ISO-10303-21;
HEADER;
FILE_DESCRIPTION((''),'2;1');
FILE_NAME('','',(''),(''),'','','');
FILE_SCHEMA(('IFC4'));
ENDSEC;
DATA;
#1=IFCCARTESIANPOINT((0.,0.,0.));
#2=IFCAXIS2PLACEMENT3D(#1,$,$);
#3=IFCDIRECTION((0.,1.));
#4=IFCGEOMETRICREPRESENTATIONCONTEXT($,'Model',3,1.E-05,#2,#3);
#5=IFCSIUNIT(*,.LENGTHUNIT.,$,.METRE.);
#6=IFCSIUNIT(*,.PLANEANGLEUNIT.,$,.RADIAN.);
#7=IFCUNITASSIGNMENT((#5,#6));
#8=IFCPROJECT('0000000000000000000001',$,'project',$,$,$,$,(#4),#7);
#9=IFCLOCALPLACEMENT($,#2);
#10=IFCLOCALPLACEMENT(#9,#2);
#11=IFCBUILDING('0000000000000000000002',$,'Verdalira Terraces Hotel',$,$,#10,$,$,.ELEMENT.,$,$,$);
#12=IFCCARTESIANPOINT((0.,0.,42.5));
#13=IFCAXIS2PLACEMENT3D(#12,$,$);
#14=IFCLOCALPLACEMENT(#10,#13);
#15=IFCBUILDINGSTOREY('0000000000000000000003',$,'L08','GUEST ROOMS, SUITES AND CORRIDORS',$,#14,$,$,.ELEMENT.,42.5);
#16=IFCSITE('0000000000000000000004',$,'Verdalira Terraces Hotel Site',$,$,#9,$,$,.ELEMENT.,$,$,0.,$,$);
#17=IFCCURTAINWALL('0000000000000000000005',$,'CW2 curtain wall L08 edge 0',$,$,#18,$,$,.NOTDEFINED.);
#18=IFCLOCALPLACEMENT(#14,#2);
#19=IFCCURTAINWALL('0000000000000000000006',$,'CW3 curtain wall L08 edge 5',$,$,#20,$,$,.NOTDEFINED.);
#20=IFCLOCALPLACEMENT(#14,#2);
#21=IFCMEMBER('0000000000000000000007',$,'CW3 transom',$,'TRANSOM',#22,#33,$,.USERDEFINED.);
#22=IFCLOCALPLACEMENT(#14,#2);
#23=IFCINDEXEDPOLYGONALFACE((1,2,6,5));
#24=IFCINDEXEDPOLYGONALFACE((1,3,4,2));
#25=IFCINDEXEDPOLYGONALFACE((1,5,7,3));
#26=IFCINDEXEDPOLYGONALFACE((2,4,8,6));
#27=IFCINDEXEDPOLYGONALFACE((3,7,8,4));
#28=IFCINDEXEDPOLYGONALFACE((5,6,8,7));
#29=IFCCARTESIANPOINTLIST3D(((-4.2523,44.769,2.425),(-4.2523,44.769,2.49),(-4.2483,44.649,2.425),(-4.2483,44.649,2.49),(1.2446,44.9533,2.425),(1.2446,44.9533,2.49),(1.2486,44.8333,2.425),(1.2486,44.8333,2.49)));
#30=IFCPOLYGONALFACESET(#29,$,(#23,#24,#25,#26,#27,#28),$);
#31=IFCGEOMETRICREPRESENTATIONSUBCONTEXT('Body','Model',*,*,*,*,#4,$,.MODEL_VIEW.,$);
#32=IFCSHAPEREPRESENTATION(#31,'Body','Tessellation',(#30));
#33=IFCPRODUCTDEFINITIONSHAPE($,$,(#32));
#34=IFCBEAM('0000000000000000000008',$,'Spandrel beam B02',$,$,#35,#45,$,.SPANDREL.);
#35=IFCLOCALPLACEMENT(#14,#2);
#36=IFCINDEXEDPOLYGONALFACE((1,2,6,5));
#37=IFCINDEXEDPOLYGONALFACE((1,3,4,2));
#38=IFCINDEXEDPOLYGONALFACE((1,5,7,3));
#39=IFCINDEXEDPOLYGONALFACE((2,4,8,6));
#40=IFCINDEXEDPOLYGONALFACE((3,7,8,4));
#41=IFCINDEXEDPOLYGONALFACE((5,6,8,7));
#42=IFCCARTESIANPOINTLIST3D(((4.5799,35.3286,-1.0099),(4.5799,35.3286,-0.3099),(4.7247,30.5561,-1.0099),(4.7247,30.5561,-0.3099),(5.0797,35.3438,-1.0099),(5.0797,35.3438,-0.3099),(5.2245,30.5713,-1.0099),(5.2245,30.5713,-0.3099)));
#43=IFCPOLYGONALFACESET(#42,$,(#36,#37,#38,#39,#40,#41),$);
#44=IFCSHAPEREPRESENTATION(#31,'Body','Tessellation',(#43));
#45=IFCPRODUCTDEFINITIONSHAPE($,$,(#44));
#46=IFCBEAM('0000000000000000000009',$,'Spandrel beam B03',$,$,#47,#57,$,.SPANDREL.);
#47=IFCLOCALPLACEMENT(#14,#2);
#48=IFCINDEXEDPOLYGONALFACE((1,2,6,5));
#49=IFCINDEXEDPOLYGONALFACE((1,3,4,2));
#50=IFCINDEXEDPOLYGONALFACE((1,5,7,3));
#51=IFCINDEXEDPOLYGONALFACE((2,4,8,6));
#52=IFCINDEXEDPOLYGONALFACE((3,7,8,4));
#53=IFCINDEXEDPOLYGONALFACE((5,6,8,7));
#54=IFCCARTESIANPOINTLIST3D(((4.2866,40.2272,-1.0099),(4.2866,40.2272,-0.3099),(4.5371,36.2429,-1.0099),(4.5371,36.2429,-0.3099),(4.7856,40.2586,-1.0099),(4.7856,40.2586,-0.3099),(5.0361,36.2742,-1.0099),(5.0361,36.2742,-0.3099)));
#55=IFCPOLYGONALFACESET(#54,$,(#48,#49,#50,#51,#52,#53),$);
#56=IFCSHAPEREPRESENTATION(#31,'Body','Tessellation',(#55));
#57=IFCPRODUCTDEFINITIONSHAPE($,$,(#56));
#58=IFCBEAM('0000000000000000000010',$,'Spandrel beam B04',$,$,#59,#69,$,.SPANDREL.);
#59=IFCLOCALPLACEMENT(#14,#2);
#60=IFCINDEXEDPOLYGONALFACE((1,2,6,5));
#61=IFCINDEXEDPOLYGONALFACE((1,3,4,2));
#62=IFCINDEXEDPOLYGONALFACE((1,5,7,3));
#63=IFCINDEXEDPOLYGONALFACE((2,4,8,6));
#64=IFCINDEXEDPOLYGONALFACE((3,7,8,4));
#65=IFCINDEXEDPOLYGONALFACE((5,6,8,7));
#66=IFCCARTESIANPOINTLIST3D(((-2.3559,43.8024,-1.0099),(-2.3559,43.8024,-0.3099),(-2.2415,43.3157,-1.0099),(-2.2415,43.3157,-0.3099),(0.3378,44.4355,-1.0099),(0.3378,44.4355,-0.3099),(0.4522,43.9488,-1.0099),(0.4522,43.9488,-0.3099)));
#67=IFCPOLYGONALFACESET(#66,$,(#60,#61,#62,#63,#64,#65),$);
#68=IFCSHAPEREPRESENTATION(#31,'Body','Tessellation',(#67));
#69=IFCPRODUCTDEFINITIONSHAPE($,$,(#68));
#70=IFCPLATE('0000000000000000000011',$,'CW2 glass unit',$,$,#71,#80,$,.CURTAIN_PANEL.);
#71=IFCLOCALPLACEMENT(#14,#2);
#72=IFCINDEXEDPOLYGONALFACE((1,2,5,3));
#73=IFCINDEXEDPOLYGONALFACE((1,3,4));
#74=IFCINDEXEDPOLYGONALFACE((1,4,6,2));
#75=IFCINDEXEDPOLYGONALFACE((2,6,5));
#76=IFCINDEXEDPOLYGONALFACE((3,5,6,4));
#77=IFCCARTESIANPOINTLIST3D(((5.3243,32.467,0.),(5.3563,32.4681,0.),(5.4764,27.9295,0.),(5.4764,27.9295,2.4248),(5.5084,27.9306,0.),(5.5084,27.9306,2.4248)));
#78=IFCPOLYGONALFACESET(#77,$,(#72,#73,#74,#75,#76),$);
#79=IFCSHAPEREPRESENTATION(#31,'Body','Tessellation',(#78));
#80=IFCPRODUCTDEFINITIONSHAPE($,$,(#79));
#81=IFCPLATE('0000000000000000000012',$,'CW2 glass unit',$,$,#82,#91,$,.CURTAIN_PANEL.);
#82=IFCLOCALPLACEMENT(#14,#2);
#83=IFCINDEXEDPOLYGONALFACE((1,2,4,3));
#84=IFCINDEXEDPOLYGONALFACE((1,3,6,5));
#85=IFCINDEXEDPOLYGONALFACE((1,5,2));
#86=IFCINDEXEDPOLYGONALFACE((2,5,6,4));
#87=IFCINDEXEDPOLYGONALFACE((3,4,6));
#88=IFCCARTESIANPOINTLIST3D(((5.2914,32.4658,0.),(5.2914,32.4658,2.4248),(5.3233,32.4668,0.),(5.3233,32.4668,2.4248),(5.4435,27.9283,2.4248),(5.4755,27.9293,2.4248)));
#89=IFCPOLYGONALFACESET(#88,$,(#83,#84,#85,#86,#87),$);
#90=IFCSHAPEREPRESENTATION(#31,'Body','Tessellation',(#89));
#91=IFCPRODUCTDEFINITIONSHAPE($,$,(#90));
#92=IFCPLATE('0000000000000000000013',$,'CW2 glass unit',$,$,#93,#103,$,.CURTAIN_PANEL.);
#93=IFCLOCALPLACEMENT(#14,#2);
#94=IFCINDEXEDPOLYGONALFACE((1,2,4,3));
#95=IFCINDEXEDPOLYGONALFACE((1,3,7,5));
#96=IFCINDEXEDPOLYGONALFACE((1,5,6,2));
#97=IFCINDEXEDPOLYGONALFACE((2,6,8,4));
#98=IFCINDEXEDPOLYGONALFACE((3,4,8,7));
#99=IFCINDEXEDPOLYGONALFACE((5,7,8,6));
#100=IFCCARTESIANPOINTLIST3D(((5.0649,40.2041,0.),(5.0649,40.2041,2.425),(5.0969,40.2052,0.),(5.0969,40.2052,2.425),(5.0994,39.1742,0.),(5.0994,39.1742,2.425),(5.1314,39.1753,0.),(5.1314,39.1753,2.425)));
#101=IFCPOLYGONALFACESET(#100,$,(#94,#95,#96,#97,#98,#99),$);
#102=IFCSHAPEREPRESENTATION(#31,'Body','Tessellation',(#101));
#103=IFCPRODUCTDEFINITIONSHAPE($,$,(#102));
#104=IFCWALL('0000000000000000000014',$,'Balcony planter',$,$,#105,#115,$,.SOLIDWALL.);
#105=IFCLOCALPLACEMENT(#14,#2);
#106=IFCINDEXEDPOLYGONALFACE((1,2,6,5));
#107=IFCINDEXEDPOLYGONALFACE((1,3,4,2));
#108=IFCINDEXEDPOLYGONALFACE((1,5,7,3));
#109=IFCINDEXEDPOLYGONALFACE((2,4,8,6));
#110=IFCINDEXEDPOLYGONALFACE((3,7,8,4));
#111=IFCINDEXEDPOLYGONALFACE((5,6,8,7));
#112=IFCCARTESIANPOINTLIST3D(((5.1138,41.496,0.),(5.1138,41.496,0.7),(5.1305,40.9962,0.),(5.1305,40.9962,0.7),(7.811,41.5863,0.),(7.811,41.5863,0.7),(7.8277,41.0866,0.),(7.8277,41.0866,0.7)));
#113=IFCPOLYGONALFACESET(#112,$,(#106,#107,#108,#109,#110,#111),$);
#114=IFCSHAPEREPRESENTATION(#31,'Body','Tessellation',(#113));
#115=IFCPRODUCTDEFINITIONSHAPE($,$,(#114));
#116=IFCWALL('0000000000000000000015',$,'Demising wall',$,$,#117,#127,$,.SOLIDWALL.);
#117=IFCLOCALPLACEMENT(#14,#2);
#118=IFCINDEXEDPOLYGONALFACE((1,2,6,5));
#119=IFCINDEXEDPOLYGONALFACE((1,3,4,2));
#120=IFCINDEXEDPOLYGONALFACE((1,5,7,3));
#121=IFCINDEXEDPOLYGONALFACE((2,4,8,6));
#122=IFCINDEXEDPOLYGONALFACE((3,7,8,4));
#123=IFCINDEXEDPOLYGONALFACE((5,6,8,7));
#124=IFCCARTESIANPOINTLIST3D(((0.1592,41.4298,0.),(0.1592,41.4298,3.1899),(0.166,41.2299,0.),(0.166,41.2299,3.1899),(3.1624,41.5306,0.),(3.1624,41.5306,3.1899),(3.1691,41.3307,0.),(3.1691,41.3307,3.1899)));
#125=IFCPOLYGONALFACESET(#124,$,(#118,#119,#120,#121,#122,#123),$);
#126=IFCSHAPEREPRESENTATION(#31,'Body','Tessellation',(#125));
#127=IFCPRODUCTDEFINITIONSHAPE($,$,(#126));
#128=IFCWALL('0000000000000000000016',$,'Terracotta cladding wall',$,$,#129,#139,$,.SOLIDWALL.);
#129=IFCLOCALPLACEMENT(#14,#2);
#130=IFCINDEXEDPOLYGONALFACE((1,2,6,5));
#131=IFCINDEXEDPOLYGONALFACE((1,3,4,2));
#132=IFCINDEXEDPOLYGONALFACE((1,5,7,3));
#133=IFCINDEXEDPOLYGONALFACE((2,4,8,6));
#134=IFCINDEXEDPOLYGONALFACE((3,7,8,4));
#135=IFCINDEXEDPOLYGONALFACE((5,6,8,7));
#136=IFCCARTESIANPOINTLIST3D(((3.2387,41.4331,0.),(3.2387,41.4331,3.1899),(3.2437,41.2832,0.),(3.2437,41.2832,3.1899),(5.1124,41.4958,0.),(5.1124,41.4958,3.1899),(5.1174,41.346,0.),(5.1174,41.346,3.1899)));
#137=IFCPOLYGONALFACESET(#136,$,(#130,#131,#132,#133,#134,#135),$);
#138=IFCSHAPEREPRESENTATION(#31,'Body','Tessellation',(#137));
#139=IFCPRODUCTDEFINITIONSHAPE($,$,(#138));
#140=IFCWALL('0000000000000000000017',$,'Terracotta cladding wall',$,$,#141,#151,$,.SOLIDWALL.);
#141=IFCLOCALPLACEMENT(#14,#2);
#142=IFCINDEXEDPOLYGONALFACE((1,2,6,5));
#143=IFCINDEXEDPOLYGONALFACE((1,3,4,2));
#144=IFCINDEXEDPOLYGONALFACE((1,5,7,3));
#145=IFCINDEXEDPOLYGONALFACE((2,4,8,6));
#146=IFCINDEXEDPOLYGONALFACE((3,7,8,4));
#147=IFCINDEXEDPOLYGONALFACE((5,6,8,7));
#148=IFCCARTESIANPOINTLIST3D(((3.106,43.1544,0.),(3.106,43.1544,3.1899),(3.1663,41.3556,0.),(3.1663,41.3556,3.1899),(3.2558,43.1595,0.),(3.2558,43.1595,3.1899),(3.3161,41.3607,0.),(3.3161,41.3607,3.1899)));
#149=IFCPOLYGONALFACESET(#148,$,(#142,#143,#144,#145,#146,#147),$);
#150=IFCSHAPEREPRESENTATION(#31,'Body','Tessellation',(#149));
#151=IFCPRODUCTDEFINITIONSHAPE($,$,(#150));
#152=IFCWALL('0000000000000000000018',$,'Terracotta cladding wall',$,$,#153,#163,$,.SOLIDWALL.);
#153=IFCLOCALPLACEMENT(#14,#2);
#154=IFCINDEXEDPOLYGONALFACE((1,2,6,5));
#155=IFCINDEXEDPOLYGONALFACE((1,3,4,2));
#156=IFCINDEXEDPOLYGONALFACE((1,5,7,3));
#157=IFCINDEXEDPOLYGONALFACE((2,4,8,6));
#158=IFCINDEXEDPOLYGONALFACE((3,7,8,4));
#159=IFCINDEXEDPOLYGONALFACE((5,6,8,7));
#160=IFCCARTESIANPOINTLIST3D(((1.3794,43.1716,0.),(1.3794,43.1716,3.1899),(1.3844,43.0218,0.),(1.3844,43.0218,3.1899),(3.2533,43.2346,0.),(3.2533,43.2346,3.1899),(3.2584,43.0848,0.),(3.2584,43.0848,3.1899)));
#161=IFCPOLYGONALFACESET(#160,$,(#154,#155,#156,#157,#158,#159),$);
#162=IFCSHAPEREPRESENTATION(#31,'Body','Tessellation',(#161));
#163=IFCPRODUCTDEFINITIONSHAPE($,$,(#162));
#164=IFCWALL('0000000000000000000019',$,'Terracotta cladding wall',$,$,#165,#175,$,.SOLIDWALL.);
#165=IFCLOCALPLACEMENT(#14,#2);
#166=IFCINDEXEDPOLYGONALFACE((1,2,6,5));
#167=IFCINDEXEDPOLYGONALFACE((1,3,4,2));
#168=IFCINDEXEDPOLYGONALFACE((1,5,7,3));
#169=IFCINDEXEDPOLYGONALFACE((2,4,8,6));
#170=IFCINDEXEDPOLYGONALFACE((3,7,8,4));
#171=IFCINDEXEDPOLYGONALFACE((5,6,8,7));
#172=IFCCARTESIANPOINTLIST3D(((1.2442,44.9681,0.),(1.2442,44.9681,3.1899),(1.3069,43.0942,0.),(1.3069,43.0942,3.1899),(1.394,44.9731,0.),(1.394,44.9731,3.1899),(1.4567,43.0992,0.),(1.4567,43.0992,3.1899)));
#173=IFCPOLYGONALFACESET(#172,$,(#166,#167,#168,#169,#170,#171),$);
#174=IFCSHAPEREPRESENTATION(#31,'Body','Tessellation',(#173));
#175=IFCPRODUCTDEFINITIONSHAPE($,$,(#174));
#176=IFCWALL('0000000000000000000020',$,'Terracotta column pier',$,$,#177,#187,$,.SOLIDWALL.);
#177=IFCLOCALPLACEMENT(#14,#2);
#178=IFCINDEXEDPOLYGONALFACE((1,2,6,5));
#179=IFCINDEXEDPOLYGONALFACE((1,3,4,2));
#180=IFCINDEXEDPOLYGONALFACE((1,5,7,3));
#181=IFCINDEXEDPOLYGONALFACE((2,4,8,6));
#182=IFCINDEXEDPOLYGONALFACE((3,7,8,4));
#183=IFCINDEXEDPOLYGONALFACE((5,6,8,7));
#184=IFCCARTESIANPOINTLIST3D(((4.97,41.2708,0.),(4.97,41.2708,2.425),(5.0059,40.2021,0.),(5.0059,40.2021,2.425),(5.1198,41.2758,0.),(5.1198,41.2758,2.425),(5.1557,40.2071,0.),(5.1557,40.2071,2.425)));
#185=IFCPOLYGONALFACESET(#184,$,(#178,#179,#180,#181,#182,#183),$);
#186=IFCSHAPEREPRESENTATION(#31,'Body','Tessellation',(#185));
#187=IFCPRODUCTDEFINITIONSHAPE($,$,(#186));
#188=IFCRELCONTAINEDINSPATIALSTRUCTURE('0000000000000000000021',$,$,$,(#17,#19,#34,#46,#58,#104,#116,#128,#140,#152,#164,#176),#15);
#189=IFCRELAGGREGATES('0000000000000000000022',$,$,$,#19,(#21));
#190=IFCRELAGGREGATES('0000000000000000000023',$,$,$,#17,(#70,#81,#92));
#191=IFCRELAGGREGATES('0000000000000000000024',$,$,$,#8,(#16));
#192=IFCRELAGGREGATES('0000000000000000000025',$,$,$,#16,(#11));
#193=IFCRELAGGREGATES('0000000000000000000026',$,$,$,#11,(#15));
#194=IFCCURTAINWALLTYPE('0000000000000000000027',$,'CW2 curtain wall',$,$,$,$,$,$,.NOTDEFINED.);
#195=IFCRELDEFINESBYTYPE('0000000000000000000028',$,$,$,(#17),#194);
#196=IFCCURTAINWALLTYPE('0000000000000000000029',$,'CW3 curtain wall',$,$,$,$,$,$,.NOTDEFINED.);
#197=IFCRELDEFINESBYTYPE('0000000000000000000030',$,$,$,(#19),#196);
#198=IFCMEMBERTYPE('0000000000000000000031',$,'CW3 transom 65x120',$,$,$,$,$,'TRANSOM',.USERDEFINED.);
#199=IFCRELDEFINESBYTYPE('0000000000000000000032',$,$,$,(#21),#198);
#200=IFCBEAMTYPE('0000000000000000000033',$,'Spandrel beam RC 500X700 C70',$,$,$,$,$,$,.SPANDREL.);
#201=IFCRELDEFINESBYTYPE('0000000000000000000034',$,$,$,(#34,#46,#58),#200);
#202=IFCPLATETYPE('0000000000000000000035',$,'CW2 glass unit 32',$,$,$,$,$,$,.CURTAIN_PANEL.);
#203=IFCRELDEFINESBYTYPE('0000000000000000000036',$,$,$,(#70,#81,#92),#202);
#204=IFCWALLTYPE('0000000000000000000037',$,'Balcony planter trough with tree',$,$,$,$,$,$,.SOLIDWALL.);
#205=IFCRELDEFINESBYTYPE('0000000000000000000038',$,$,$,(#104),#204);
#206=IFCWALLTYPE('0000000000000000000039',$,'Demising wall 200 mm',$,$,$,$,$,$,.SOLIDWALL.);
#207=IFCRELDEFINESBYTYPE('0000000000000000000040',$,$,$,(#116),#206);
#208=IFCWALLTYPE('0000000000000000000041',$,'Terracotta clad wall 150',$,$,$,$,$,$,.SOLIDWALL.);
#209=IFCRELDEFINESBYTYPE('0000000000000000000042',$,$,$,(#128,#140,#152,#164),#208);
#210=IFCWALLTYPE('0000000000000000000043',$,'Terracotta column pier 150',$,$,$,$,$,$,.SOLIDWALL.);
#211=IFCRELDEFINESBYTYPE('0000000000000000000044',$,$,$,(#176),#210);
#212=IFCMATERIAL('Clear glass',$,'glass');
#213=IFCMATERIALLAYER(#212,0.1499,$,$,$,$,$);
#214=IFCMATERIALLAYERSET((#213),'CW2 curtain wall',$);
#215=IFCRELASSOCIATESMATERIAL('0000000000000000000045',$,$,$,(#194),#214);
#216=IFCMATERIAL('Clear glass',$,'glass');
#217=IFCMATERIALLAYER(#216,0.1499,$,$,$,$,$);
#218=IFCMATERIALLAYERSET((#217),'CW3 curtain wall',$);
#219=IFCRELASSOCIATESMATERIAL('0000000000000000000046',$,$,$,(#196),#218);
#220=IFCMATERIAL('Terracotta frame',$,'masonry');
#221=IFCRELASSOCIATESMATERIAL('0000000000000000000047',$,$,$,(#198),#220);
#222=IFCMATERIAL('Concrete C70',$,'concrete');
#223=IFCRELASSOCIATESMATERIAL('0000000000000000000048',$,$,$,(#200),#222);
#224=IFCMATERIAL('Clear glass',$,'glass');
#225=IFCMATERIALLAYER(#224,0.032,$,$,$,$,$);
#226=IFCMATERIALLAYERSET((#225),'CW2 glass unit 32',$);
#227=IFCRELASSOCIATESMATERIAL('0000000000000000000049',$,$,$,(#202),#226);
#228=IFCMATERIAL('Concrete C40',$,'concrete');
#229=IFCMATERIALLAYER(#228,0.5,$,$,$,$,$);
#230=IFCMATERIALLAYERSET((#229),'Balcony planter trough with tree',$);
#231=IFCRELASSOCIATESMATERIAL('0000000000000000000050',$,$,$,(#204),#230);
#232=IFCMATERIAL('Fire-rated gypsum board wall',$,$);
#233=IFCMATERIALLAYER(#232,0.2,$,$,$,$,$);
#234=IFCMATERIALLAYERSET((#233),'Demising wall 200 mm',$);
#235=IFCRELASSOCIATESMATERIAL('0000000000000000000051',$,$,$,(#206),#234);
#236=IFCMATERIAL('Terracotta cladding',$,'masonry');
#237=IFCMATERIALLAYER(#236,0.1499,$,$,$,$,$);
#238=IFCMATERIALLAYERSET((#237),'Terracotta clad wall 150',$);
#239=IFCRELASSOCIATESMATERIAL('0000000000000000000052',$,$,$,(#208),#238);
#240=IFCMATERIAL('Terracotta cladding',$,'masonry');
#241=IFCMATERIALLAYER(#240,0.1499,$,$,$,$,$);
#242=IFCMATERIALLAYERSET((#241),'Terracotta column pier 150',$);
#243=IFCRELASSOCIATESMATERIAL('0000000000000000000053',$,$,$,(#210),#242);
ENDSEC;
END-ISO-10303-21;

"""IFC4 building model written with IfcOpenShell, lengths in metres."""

from ifc_helpers import new_model, si_unit, direction, frame, frame_2d, origin, origin_2d, place, context, subcontext, project, spatial, polyline, rectangle, outline, extrude, material, layer, layer_set, material_profile, profile_set, type_object, element, aggregate, save


model = new_model("IFC4")

# Units and contexts
model_context = context("Model", 3, precision=1e-05, world=origin(), true_north=direction((0.0, 1.0)))
body_context = subcontext(model_context, "Body", "Model", "MODEL_VIEW")
ifc_project = project(units=[si_unit("LENGTHUNIT", "METRE"), si_unit("PLANEANGLEUNIT", "RADIAN")], contexts=[model_context])

# Site, building, storey
site_placement = place(None, origin())
site = spatial("IfcSite", under=ifc_project, at=site_placement, Name="Verdalira Terraces Hotel Site", CompositionType="ELEMENT", RefElevation=0.0)
building_placement = place(site_placement, origin())
building = spatial("IfcBuilding", under=site, at=building_placement, Name="Verdalira Terraces Hotel", CompositionType="ELEMENT")
storey_placement = place(building_placement, frame((0.0, 0.0, 42.5)))
storey = spatial("IfcBuildingStorey", under=building, at=storey_placement, Name="L08", Description="GUEST ROOMS, SUITES AND CORRIDORS", CompositionType="ELEMENT", Elevation=42.5)

# Curtain wall
ifc_material_1 = material(Name="Clear glass", Category="glass")
ifc_layer_1 = layer(ifc_material_1, 0.1499)
ifc_layer_set_1 = layer_set([ifc_layer_1], Name="CW2 curtain wall")
curtain_wall_type_1 = type_object("IfcCurtainWallType", Name="CW2 curtain wall", PredefinedType="NOTDEFINED", material=ifc_layer_set_1)
curtain_wall_1_placement = place(storey_placement, origin())
curtain_wall_1 = element("IfcCurtainWall", 1, at=curtain_wall_1_placement, inside=storey, type_object=curtain_wall_type_1, Name="CW2 curtain wall L08 edge 0", PredefinedType="NOTDEFINED")

# Curtain wall, member
ifc_material_2 = material(Name="Clear glass", Category="glass")
ifc_layer_2 = layer(ifc_material_2, 0.1499)
ifc_layer_set_2 = layer_set([ifc_layer_2], Name="CW3 curtain wall")
curtain_wall_type_2 = type_object("IfcCurtainWallType", Name="CW3 curtain wall", PredefinedType="NOTDEFINED", material=ifc_layer_set_2)
curtain_wall_2_placement = place(storey_placement, origin())
curtain_wall_2 = element("IfcCurtainWall", 2, at=curtain_wall_2_placement, inside=storey, type_object=curtain_wall_type_2, Name="CW3 curtain wall L08 edge 5", PredefinedType="NOTDEFINED")
ifc_material_3 = material(Name="Terracotta frame", Category="masonry")
ifc_material_profile_1 = material_profile(ifc_material_3, rectangle(XDim=0.1201, YDim=0.0649, at=origin_2d()), Name="TR 65x120")
ifc_profile_set_1 = profile_set([ifc_material_profile_1], Name="Terracotta frame")
member_type_1 = type_object("IfcMemberType", Name="CW3 transom 65x120", ElementType="TRANSOM", PredefinedType="USERDEFINED", material=ifc_profile_set_1)
member_1_placement = place(storey_placement, frame((1.2466, 44.8933, 2.4575), z_axis=(-0.999438, -0.033514, 0.0), x_axis=(0.033514, -0.999438, 0.0)))
member_1 = element("IfcMember", 3, at=member_1_placement, type_object=member_type_1, Name="CW3 transom", ObjectType="TRANSOM", PredefinedType="USERDEFINED", context=body_context, shape_type="SweptSolid", body=[
    extrude(rectangle(XDim=0.1201, YDim=0.0649, at=origin_2d()), origin(), (0.0, 0.0, 1.0), 5.5),
])
aggregate(curtain_wall_2, [member_1])

# Beams
ifc_material_4 = material(Name="Concrete C70", Category="concrete")
ifc_material_profile_2 = material_profile(ifc_material_4, rectangle(XDim=0.5, YDim=0.7, at=origin_2d()), Name="RC 500X700")
ifc_profile_set_2 = profile_set([ifc_material_profile_2], Name="Concrete C70")
beam_type_1 = type_object("IfcBeamType", Name="Spandrel beam RC 500X700 C70", PredefinedType="SPANDREL", material=ifc_profile_set_2)
beam_1_placement = place(storey_placement, frame((4.9746, 30.5637, -0.6599), z_axis=(-0.030322, 0.99954, 0.0), x_axis=(-0.99954, -0.030322, 0.0)))
element("IfcBeam", 4, at=beam_1_placement, inside=storey, type_object=beam_type_1, Name="Spandrel beam B02", PredefinedType="SPANDREL", context=body_context, shape_type="SweptSolid", body=[
    extrude(rectangle(XDim=0.5, YDim=0.7, at=origin_2d()), origin(), (0.0, 0.0, 1.0), 4.7747),
])
beam_2_placement = place(storey_placement, frame((4.7866, 36.2585, -0.6599), z_axis=(-0.062744, 0.99803, 0.0), x_axis=(-0.99803, -0.062744, 0.0)))
element("IfcBeam", 5, at=beam_2_placement, inside=storey, type_object=beam_type_1, Name="Spandrel beam B03", PredefinedType="SPANDREL", context=body_context, shape_type="SweptSolid", body=[
    extrude(rectangle(XDim=0.5, YDim=0.7, at=origin_2d()), origin(), (0.0, 0.0, 1.0), 3.9922),
])
beam_3_placement = place(storey_placement, frame((0.395, 44.1921, -0.6599), z_axis=(-0.973476, -0.228789, 0.0), x_axis=(0.228789, -0.973476, 0.0)))
element("IfcBeam", 6, at=beam_3_placement, inside=storey, type_object=beam_type_1, Name="Spandrel beam B04", PredefinedType="SPANDREL", context=body_context, shape_type="SweptSolid", body=[
    extrude(rectangle(XDim=0.5, YDim=0.7, at=origin_2d()), origin(), (0.0, 0.0, 1.0), 2.7671),
])

# Plates
ifc_material_5 = material(Name="Clear glass", Category="glass")
ifc_layer_3 = layer(ifc_material_5, 0.032)
ifc_layer_set_3 = layer_set([ifc_layer_3], Name="CW2 glass unit 32")
plate_type = type_object("IfcPlateType", Name="CW2 glass unit 32", PredefinedType="CURTAIN_PANEL", material=ifc_layer_set_3)
plate_1_placement = place(storey_placement, frame((5.4004, 30.1982, 1.2124), z_axis=(0.999439, 0.033504, 0.0), x_axis=(-0.033504, 0.999439, 0.0)))
plate_1 = element("IfcPlate", 7, at=plate_1_placement, type_object=plate_type, Name="CW2 glass unit", PredefinedType="CURTAIN_PANEL", context=body_context, shape_type="SweptSolid", body=[
    extrude(outline(polyline([(-2.27, -1.2124), (2.27, -1.2124), (-2.27, 1.2124), (-2.27, -1.2124)])), origin(), (0.0, 0.0, 1.0), 0.032),
])
plate_2_placement = place(storey_placement, frame((5.3674, 30.197, 1.2124), z_axis=(0.999439, 0.033504, 0.0), x_axis=(-0.033504, 0.999439, 0.0)))
plate_2 = element("IfcPlate", 8, at=plate_2_placement, type_object=plate_type, Name="CW2 glass unit", PredefinedType="CURTAIN_PANEL", context=body_context, shape_type="SweptSolid", body=[
    extrude(outline(polyline([(2.27, -1.2124), (2.27, 1.2124), (-2.27, 1.2124), (2.27, -1.2124)])), origin(), (0.0, 0.0, 1.0), 0.032),
])
plate_3_placement = place(storey_placement, frame((5.0981, 39.6897, 0.0), z_axis=(0.0, 0.0, 1.0), x_axis=(-0.033504, 0.999439, 0.0)))
plate_3 = element("IfcPlate", 9, at=plate_3_placement, type_object=plate_type, Name="CW2 glass unit", PredefinedType="CURTAIN_PANEL", context=body_context, shape_type="SweptSolid", body=[
    extrude(rectangle(XDim=1.0305, YDim=0.032, at=origin_2d()), origin(), (0.0, 0.0, 1.0), 2.425),
])
aggregate(curtain_wall_1, [plate_1, plate_2, plate_3])

# Walls
ifc_material_6 = material(Name="Concrete C40", Category="concrete")
ifc_layer_4 = layer(ifc_material_6, 0.5)
ifc_layer_set_4 = layer_set([ifc_layer_4], Name="Balcony planter trough with tree")
wall_type_1 = type_object("IfcWallType", Name="Balcony planter trough with tree", PredefinedType="SOLIDWALL", material=ifc_layer_set_4)
wall_1_placement = place(storey_placement, frame((7.8193, 41.3364, 0.0), z_axis=(0.0, 0.0, 1.0), x_axis=(-0.99944, -0.033471, 0.0)))
element("IfcWall", 10, at=wall_1_placement, inside=storey, type_object=wall_type_1, Name="Balcony planter", PredefinedType="SOLIDWALL", context=body_context, shape_type="SweptSolid", body=[
    extrude(rectangle(XDim=2.6987, YDim=0.5, at=frame_2d((1.3494, 0.0))), origin(), (0.0, 0.0, 1.0), 0.7),
])
ifc_material_7 = material(Name="Fire-rated gypsum board wall")
ifc_layer_5 = layer(ifc_material_7, 0.2)
ifc_layer_set_5 = layer_set([ifc_layer_5], Name="Demising wall 200 mm")
wall_type_2 = type_object("IfcWallType", Name="Demising wall 200 mm", PredefinedType="SOLIDWALL", material=ifc_layer_set_5)
wall_2_placement = place(storey_placement, frame((0.1626, 41.3298, 0.0), z_axis=(0.0, 0.0, 1.0), x_axis=(0.999437, 0.033556, 0.0)))
element("IfcWall", 11, at=wall_2_placement, inside=storey, type_object=wall_type_2, Name="Demising wall", PredefinedType="SOLIDWALL", context=body_context, shape_type="SweptSolid", body=[
    extrude(rectangle(XDim=3.0049, YDim=0.2, at=frame_2d((1.5024, 0.0))), origin(), (0.0, 0.0, 1.0), 3.1899),
])
ifc_material_8 = material(Name="Terracotta cladding", Category="masonry")
ifc_layer_6 = layer(ifc_material_8, 0.1499)
ifc_layer_set_6 = layer_set([ifc_layer_6], Name="Terracotta clad wall 150")
wall_type_3 = type_object("IfcWallType", Name="Terracotta clad wall 150", PredefinedType="SOLIDWALL", material=ifc_layer_set_6)
wall_3_placement = place(storey_placement, frame((5.115, 41.4209, 0.0), z_axis=(0.0, 0.0, 1.0), x_axis=(-0.99944, -0.033467, 0.0)))
element("IfcWall", 12, at=wall_3_placement, inside=storey, type_object=wall_type_3, Name="Terracotta cladding wall", PredefinedType="SOLIDWALL", context=body_context, shape_type="SweptSolid", body=[
    extrude(rectangle(XDim=1.8748, YDim=0.1499, at=frame_2d((0.9375, 0.0))), origin(), (0.0, 0.0, 1.0), 3.1899),
])
wall_4_placement = place(storey_placement, frame((3.2412, 41.3582, 0.0), z_axis=(0.0, 0.0, 1.0), x_axis=(-0.033505, 0.999439, 0.0)))
element("IfcWall", 13, at=wall_4_placement, inside=storey, type_object=wall_type_3, Name="Terracotta cladding wall", PredefinedType="SOLIDWALL", context=body_context, shape_type="SweptSolid", body=[
    extrude(rectangle(XDim=1.7998, YDim=0.1499, at=frame_2d((0.8999, 0.0))), origin(), (0.0, 0.0, 1.0), 3.1899),
])
for number, where, z_axis, x_axis, name in (
    (14, (3.2559, 43.1597, 0.0), (0.0, 0.0, 1.0), (-0.999436, -0.033592, 0.0), "Terracotta cladding wall"),
    (15, (1.3818, 43.0967, 0.0), (0.0, 0.0, 1.0), (-0.033462, 0.99944, 0.0), "Terracotta cladding wall"),
):
    element("IfcWall", number, at=place(storey_placement, frame(where, z_axis=z_axis, x_axis=x_axis)), inside=storey, type_object=wall_type_3, Name=name, PredefinedType="SOLIDWALL", context=body_context, shape_type="SweptSolid", body=[
        extrude(rectangle(XDim=1.875, YDim=0.1499, at=frame_2d((0.9375, 0.0))), origin(), (0.0, 0.0, 1.0), 3.1899),
    ])
ifc_material_9 = material(Name="Terracotta cladding", Category="masonry")
ifc_layer_7 = layer(ifc_material_9, 0.1499)
ifc_layer_set_7 = layer_set([ifc_layer_7], Name="Terracotta column pier 150")
wall_type_4 = type_object("IfcWallType", Name="Terracotta column pier 150", PredefinedType="SOLIDWALL", material=ifc_layer_set_7)
wall_5_placement = place(storey_placement, frame((5.0808, 40.2046, 0.0), z_axis=(0.0, 0.0, 1.0), x_axis=(-0.033558, 0.999437, 0.0)))
element("IfcWall", 16, at=wall_5_placement, inside=storey, type_object=wall_type_4, Name="Terracotta column pier", PredefinedType="SOLIDWALL", context=body_context, shape_type="SweptSolid", body=[
    extrude(rectangle(XDim=1.0693, YDim=0.1499, at=frame_2d((0.5347, 0.0))), origin(), (0.0, 0.0, 1.0), 2.425),
])

save(model, "model.ifc")
